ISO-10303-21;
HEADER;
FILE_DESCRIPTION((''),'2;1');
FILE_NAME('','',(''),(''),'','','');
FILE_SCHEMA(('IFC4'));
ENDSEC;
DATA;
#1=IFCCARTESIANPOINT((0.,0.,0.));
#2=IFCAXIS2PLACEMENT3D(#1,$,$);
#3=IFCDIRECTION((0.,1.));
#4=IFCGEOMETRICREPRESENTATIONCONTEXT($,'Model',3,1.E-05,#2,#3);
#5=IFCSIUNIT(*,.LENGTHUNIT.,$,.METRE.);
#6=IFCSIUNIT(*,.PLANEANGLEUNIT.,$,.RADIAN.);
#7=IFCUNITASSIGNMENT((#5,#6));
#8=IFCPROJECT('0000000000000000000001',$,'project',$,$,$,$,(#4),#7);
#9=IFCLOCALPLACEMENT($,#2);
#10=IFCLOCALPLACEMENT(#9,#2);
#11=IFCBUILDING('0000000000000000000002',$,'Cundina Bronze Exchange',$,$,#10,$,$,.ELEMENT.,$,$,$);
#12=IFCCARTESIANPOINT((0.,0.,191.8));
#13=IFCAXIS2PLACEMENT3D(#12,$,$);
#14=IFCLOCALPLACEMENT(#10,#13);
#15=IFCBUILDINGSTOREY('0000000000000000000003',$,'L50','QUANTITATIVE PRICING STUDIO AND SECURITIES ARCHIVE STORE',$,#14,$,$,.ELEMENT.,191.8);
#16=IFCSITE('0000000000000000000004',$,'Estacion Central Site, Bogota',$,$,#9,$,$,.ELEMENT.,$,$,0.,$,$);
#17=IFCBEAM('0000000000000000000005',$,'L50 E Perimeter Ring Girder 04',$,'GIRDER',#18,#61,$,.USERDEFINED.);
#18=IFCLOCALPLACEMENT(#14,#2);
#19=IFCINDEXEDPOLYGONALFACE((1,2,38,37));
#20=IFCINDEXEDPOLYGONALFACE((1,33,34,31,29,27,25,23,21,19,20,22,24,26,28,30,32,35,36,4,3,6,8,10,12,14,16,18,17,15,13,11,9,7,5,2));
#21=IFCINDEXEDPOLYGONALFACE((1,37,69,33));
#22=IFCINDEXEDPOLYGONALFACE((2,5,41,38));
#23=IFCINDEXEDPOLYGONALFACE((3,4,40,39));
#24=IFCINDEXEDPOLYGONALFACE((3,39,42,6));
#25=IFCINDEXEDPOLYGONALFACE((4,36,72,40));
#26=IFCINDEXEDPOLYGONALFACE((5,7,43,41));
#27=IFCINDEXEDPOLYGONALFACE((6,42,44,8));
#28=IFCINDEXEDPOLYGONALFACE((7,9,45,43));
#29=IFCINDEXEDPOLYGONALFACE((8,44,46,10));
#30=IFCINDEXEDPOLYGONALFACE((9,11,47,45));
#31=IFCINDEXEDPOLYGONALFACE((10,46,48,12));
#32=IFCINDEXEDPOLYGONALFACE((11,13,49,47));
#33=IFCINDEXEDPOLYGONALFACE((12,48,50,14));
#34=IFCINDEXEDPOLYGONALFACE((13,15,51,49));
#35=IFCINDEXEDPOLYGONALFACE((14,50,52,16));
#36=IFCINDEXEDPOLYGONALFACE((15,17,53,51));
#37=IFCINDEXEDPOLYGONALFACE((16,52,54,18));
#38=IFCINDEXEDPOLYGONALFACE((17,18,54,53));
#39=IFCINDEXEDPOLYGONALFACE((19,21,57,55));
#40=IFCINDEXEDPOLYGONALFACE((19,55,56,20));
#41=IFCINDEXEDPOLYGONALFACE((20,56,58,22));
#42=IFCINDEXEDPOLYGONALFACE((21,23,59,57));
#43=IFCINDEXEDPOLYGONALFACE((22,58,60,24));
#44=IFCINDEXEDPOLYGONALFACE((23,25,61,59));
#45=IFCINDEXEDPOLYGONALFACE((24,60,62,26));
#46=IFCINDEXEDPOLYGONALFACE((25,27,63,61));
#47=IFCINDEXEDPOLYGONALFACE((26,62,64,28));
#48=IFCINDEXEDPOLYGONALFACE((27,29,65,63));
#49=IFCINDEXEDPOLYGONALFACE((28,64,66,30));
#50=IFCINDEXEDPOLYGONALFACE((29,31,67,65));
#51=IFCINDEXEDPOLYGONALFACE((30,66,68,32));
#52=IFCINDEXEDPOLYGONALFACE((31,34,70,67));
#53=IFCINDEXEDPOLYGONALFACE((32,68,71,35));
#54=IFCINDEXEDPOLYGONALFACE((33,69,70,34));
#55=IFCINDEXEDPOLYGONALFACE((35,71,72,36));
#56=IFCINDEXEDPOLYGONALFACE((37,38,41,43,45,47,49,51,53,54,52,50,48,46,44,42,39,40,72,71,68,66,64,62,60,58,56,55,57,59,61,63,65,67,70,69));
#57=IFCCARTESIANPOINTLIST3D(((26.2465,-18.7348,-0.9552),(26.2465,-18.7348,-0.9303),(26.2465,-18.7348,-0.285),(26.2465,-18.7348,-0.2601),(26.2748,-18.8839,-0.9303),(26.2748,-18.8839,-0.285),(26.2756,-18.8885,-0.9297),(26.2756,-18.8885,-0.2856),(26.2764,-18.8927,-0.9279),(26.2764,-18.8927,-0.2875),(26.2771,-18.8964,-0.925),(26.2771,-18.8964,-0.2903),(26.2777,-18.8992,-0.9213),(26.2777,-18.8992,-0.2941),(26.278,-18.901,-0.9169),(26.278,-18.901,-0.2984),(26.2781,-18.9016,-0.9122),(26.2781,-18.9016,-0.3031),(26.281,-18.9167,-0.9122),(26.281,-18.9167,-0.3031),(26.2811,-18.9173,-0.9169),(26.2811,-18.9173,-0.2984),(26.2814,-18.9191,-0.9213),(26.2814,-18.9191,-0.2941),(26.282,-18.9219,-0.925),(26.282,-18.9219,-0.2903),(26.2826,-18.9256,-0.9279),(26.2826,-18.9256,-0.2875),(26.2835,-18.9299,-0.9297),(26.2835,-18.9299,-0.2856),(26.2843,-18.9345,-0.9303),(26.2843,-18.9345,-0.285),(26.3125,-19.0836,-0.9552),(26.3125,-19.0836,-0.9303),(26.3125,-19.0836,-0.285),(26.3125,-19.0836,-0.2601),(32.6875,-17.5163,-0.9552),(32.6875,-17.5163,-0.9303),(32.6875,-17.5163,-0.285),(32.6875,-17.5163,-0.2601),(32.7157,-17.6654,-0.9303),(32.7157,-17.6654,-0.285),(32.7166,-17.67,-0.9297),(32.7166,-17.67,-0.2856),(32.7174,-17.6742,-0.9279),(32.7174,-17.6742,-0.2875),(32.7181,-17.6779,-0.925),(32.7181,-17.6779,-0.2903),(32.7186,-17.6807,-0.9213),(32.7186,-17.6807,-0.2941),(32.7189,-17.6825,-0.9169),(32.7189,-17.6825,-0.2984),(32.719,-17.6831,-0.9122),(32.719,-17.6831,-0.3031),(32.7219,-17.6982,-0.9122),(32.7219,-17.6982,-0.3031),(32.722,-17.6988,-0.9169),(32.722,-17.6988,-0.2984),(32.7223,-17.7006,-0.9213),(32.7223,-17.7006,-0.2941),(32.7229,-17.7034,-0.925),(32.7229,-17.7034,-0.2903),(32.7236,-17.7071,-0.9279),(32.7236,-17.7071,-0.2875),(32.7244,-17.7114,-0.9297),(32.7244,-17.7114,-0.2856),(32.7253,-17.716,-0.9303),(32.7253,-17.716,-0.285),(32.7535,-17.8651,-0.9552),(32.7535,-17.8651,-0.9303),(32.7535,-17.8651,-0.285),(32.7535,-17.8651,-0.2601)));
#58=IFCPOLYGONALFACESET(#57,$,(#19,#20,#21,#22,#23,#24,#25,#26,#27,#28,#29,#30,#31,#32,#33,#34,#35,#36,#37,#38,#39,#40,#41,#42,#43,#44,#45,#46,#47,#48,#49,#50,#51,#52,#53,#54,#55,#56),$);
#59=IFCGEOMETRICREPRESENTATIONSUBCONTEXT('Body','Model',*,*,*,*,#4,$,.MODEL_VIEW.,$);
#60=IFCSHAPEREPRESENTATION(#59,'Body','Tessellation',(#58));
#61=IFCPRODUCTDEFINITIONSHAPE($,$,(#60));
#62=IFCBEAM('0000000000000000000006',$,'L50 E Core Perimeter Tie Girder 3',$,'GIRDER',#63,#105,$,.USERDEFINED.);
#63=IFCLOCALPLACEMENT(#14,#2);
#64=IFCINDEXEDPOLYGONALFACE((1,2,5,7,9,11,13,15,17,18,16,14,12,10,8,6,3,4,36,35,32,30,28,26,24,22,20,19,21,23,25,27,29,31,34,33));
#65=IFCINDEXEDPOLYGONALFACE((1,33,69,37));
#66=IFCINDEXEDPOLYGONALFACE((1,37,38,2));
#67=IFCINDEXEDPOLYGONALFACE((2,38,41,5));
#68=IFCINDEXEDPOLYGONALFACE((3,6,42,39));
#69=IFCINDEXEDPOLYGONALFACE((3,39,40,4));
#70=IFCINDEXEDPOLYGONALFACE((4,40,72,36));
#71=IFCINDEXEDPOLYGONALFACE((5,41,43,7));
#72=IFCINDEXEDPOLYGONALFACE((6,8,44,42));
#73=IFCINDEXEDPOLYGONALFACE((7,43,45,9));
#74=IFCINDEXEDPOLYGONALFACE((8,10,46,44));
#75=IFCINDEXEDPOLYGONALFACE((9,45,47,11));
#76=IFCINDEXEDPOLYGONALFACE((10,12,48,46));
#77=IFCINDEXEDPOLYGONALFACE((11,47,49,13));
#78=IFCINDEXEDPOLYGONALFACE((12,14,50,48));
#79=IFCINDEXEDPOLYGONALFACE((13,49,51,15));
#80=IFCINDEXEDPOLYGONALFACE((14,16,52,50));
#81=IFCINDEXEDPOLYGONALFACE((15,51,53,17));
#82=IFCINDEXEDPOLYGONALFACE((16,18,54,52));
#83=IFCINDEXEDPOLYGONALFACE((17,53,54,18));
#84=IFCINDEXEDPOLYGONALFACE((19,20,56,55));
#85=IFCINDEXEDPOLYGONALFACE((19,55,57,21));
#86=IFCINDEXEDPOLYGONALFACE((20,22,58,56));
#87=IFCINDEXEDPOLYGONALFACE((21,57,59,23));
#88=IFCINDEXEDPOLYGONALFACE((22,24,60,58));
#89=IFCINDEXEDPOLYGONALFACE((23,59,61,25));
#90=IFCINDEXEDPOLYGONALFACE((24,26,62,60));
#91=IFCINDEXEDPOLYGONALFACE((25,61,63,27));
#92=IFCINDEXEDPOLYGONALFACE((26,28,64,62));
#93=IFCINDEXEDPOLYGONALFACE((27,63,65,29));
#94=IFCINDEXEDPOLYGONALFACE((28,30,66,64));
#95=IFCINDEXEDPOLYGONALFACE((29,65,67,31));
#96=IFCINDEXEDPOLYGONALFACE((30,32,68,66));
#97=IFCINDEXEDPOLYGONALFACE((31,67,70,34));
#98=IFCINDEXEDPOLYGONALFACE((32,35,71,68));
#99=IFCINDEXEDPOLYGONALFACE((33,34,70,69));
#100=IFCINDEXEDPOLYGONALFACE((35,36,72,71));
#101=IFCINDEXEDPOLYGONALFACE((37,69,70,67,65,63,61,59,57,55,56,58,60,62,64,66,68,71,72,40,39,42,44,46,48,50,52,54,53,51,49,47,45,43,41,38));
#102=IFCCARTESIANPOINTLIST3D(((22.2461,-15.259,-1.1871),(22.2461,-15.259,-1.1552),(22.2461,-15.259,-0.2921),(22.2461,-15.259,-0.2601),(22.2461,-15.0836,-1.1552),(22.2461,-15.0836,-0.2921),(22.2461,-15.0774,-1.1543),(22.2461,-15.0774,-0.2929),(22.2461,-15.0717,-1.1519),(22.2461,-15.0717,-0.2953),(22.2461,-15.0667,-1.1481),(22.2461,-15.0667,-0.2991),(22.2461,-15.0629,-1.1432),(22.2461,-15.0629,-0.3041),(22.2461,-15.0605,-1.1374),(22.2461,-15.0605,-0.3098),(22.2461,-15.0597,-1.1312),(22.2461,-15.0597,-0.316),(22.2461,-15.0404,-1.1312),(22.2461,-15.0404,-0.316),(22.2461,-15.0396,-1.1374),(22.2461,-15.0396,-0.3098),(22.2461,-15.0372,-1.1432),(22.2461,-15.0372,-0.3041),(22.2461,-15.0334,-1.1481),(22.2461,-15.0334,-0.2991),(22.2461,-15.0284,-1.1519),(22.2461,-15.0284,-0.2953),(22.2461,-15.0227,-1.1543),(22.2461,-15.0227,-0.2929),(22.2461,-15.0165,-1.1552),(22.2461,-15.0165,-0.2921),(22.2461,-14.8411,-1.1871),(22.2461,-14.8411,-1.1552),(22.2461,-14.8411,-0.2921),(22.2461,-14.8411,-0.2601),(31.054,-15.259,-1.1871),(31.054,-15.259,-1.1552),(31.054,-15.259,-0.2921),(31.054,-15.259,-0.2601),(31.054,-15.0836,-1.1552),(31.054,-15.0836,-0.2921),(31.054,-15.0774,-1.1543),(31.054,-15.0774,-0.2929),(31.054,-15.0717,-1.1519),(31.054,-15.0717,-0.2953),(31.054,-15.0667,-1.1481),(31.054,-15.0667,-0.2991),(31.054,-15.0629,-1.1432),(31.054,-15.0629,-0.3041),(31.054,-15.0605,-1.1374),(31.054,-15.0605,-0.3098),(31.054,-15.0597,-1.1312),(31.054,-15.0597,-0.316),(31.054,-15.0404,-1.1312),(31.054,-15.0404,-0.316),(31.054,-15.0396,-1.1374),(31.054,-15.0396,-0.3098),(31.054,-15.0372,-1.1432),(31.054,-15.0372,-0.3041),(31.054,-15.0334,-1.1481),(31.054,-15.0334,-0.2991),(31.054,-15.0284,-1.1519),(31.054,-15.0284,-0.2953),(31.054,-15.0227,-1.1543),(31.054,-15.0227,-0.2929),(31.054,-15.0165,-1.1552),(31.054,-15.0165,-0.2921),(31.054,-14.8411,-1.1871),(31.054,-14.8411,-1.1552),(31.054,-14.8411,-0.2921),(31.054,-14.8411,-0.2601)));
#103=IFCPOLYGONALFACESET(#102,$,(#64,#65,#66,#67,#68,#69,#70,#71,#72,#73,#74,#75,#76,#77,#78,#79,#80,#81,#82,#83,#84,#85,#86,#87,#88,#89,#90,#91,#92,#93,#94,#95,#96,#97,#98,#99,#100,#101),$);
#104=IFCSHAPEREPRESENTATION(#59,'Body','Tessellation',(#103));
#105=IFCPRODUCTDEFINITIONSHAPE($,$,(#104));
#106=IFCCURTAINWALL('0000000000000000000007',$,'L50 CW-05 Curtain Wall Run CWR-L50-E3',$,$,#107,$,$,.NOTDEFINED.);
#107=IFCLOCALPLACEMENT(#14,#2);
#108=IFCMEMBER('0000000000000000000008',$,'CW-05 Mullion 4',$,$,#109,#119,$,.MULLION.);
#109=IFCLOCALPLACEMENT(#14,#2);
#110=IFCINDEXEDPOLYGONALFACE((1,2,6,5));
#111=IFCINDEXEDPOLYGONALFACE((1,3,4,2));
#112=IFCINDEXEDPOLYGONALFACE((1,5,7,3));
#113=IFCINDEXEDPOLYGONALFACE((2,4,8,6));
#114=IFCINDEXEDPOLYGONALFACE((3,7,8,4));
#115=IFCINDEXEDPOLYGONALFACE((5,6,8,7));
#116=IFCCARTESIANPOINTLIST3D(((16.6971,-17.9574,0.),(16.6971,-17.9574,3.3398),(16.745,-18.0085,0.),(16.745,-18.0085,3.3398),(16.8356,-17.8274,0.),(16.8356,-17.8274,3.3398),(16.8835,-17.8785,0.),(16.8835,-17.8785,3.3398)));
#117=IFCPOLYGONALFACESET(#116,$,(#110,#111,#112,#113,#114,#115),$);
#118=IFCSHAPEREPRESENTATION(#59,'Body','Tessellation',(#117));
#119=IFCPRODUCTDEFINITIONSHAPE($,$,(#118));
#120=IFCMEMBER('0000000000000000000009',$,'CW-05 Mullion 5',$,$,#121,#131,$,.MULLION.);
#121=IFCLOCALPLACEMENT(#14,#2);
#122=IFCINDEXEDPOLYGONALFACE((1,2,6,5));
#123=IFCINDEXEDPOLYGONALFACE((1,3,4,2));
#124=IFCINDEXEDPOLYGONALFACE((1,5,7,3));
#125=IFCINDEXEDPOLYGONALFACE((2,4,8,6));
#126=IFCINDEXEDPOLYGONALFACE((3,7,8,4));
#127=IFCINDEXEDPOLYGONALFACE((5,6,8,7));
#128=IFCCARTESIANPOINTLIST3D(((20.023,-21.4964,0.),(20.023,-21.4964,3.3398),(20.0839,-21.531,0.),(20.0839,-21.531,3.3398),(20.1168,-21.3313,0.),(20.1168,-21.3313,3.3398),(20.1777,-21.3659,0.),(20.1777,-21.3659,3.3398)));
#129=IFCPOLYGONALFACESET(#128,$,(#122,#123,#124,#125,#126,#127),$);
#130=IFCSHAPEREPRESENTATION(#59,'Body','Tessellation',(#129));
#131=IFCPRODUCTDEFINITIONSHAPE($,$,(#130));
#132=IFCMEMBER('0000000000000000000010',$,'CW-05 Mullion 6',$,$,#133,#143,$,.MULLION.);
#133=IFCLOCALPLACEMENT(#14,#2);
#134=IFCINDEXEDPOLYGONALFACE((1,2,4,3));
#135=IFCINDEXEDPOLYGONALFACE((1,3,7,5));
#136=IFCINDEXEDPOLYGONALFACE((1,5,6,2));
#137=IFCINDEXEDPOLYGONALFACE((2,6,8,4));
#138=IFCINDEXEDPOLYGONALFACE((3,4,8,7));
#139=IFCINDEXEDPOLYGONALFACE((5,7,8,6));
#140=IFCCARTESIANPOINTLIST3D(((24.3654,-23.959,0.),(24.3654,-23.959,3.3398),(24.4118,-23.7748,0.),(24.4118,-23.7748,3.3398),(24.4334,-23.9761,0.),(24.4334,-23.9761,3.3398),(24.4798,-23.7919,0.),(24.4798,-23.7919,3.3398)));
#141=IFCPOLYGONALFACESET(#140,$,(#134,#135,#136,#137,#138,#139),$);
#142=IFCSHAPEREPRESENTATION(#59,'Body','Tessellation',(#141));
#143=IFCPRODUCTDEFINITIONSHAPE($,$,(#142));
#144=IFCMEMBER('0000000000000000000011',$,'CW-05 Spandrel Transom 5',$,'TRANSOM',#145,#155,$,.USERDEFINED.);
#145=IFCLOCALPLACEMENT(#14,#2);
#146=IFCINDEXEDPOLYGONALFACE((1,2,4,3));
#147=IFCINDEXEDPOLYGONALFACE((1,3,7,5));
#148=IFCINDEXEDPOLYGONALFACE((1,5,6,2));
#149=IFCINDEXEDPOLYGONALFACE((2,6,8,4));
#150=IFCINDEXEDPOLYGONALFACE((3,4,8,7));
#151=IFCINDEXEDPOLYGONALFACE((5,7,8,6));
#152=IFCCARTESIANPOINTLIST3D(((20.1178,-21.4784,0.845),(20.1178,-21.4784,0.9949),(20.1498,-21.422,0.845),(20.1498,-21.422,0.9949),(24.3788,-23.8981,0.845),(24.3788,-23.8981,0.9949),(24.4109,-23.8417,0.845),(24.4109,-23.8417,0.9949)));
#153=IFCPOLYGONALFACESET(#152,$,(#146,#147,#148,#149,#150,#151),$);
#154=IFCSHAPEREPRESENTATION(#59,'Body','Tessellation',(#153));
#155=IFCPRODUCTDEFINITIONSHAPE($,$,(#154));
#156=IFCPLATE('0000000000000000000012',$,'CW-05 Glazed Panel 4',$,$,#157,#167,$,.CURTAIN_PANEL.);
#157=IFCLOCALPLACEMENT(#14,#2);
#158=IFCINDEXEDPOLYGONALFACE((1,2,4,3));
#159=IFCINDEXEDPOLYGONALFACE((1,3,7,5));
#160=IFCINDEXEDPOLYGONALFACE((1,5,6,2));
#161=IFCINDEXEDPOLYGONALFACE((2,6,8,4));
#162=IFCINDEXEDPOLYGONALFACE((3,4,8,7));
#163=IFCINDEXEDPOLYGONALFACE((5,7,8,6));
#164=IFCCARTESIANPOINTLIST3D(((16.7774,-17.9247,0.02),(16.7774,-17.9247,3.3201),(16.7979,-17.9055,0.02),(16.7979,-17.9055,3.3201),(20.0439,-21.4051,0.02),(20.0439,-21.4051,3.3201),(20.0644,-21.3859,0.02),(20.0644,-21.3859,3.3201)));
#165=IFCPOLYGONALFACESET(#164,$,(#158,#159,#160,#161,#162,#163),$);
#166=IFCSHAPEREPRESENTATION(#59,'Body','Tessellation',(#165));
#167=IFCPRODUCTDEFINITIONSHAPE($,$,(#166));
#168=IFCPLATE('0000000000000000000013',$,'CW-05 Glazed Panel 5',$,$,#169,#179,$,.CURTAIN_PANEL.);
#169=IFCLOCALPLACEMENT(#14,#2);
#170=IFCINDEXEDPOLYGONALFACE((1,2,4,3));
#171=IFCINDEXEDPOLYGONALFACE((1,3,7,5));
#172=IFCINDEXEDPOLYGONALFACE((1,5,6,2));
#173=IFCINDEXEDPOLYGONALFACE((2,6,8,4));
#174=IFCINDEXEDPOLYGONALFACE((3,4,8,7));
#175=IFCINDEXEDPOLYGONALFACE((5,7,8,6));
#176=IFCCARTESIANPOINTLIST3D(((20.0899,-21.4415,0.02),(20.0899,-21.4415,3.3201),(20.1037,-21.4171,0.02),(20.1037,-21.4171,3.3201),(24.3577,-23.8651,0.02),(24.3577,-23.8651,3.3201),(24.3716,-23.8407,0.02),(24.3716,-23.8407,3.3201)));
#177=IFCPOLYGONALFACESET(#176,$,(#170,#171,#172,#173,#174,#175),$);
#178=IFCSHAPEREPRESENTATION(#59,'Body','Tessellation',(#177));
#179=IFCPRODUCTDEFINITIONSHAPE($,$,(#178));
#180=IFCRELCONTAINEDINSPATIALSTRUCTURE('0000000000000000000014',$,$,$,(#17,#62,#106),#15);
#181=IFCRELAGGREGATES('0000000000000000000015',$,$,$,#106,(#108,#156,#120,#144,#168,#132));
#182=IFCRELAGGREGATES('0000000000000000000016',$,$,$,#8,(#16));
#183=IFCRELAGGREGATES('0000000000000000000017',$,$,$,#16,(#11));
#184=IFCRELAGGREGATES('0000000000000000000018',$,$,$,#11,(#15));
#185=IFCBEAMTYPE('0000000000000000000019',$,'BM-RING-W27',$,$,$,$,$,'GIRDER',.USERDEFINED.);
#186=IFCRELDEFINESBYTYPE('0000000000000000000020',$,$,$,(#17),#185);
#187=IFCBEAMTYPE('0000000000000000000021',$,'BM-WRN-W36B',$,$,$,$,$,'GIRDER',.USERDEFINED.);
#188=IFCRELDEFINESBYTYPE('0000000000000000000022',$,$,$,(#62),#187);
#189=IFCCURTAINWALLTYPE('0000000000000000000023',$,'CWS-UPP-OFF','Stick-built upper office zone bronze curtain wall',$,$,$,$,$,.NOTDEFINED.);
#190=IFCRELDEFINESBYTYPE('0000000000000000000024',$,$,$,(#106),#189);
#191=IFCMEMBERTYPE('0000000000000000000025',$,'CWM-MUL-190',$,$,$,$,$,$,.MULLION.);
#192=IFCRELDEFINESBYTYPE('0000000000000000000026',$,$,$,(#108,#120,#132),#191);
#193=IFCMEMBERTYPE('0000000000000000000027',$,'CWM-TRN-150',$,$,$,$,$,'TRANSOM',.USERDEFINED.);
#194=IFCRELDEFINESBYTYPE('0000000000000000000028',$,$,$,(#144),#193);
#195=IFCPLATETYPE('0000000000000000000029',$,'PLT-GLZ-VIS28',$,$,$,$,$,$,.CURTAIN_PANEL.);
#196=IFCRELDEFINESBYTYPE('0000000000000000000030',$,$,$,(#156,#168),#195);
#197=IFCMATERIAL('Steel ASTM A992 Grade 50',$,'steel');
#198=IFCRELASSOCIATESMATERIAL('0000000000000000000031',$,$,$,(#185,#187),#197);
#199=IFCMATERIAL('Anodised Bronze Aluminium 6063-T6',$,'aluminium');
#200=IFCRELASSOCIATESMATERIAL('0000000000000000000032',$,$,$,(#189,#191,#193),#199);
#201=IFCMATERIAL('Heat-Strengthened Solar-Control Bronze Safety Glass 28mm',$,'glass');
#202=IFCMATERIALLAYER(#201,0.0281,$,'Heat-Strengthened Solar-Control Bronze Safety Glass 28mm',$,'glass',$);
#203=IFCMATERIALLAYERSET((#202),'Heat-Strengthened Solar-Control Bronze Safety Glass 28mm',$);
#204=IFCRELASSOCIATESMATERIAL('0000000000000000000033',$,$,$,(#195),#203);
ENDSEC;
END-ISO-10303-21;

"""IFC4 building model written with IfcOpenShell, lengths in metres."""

from ifc_helpers import new_model, si_unit, direction, frame, origin, origin_2d, place, context, subcontext, project, spatial, rectangle, i_section, extrude, material, layer, layer_set, material_profile, profile_set, type_object, element, aggregate, save


model = new_model("IFC4")

# Units and contexts
model_context = context("Model", 3, precision=1e-05, world=origin(), true_north=direction((0.0, 1.0)))
body_context = subcontext(model_context, "Body", "Model", "MODEL_VIEW")
ifc_project = project(units=[si_unit("LENGTHUNIT", "METRE"), si_unit("PLANEANGLEUNIT", "RADIAN")], contexts=[model_context])

# Site, building, storey
site_placement = place(None, origin())
site = spatial("IfcSite", under=ifc_project, at=site_placement, Name="Estacion Central Site, Bogota", CompositionType="ELEMENT", RefElevation=0.0)
building_placement = place(site_placement, origin())
building = spatial("IfcBuilding", under=site, at=building_placement, Name="Cundina Bronze Exchange", CompositionType="ELEMENT")
storey_placement = place(building_placement, frame((0.0, 0.0, 191.8)))
storey = spatial("IfcBuildingStorey", under=building, at=storey_placement, Name="L50", Description="QUANTITATIVE PRICING STUDIO AND SECURITIES ARCHIVE STORE", CompositionType="ELEMENT", Elevation=191.8)

# Shared definitions
ifc_material_1 = material(Name="Steel ASTM A992 Grade 50", Category="steel")

# Beams
ifc_material_profile_1 = material_profile(ifc_material_1, i_section(OverallWidth=0.355, OverallDepth=0.6951, WebThickness=0.0154, FlangeThickness=0.0249, FilletRadius=0.0181, at=origin_2d()), Name="W27X146", Category="steel")
ifc_profile_set_1 = profile_set([ifc_material_profile_1], Name="Steel ASTM A992 Grade 50")
beam_type_1 = type_object("IfcBeamType", Name="BM-RING-W27", ElementType="GIRDER", PredefinedType="USERDEFINED", material=ifc_profile_set_1)
beam_1_placement = place(storey_placement, frame((26.2795, -18.9092, -0.6077), z_axis=(0.982572, 0.185885, 0.0), x_axis=(-0.185885, 0.982572, 0.0)))
element("IfcBeam", 1, at=beam_1_placement, inside=storey, type_object=beam_type_1, Name="L50 E Perimeter Ring Girder 04", ObjectType="GIRDER", PredefinedType="USERDEFINED", context=body_context, shape_type="SweptSolid", body=[
    extrude(i_section(OverallWidth=0.355, OverallDepth=0.6951, WebThickness=0.0154, FlangeThickness=0.0249, FilletRadius=0.0181, at=origin_2d()), origin(), (0.0, 0.0, 1.0), 6.5552),
])
ifc_material_profile_2 = material_profile(ifc_material_1, i_section(OverallWidth=0.418, OverallDepth=0.927, WebThickness=0.0193, FlangeThickness=0.032, FilletRadius=0.0239, at=origin_2d()), Name="W36X231", Category="steel")
ifc_profile_set_2 = profile_set([ifc_material_profile_2], Name="Steel ASTM A992 Grade 50")
beam_type_2 = type_object("IfcBeamType", Name="BM-WRN-W36B", ElementType="GIRDER", PredefinedType="USERDEFINED", material=ifc_profile_set_2)
beam_2_placement = place(storey_placement, frame((22.2461, -15.05, -0.7236), z_axis=(1.0, 0.0, 0.0), x_axis=(0.0, 1.0, 0.0)))
element("IfcBeam", 2, at=beam_2_placement, inside=storey, type_object=beam_type_2, Name="L50 E Core Perimeter Tie Girder 3", ObjectType="GIRDER", PredefinedType="USERDEFINED", context=body_context, shape_type="SweptSolid", body=[
    extrude(i_section(OverallWidth=0.418, OverallDepth=0.927, WebThickness=0.0193, FlangeThickness=0.032, FilletRadius=0.0239, at=origin_2d()), origin(), (0.0, 0.0, 1.0), 8.8079),
])

# Curtain wall, members, plates
ifc_material_2 = material(Name="Anodised Bronze Aluminium 6063-T6", Category="aluminium")
curtain_wall_type = type_object("IfcCurtainWallType", Name="CWS-UPP-OFF", Description="Stick-built upper office zone bronze curtain wall", PredefinedType="NOTDEFINED", material=ifc_material_2)
curtain_wall_placement = place(storey_placement, origin())
curtain_wall = element("IfcCurtainWall", 3, at=curtain_wall_placement, inside=storey, type_object=curtain_wall_type, Name="L50 CW-05 Curtain Wall Run CWR-L50-E3", PredefinedType="NOTDEFINED")
ifc_material_profile_3 = material_profile(ifc_material_2, rectangle(XDim=0.0701, YDim=0.1899, at=origin_2d()), Name="AL70X190", Category="aluminium")
ifc_profile_set_3 = profile_set([ifc_material_profile_3], Name="Anodised Bronze Aluminium 6063-T6")
member_type_1 = type_object("IfcMemberType", Name="CWM-MUL-190", PredefinedType="MULLION", material=ifc_profile_set_3)
member_1_placement = place(storey_placement, frame((16.7903, -17.918, 0.0), z_axis=(0.0, 0.0, 1.0), x_axis=(0.684293, -0.729208, 0.0)))
member_1 = element("IfcMember", 4, at=member_1_placement, type_object=member_type_1, Name="CW-05 Mullion 4", PredefinedType="MULLION", context=body_context, shape_type="SweptSolid", body=[
    extrude(rectangle(XDim=0.0701, YDim=0.1899, at=origin_2d()), origin(), (0.0, 0.0, 1.0), 3.3398),
])
member_2_placement = place(storey_placement, frame((20.1003, -21.4312, 0.0), z_axis=(0.0, 0.0, 1.0), x_axis=(0.869581, -0.49379, 0.0)))
member_2 = element("IfcMember", 5, at=member_2_placement, type_object=member_type_1, Name="CW-05 Mullion 5", PredefinedType="MULLION", context=body_context, shape_type="SweptSolid", body=[
    extrude(rectangle(XDim=0.0701, YDim=0.1899, at=origin_2d()), origin(), (0.0, 0.0, 1.0), 3.3398),
])
member_3_placement = place(storey_placement, frame((24.4226, -23.8755, 0.0), z_axis=(0.0, 0.0, 1.0), x_axis=(0.969744, -0.244123, 0.0)))
member_3 = element("IfcMember", 6, at=member_3_placement, type_object=member_type_1, Name="CW-05 Mullion 6", PredefinedType="MULLION", context=body_context, shape_type="SweptSolid", body=[
    extrude(rectangle(XDim=0.0701, YDim=0.1899, at=origin_2d()), origin(), (0.0, 0.0, 1.0), 3.3398),
])
ifc_material_profile_4 = material_profile(ifc_material_2, rectangle(XDim=0.0649, YDim=0.1499, at=origin_2d()), Name="AL65X150", Category="aluminium")
ifc_profile_set_4 = profile_set([ifc_material_profile_4], Name="Anodised Bronze Aluminium 6063-T6")
member_type_2 = type_object("IfcMemberType", Name="CWM-TRN-150", ElementType="TRANSOM", PredefinedType="USERDEFINED", material=ifc_profile_set_4)
member_4_placement = place(storey_placement, frame((20.1338, -21.4502, 0.9199), z_axis=(0.869574, -0.493803, 0.0), x_axis=(0.493803, 0.869574, 0.0)))
member_4 = element("IfcMember", 7, at=member_4_placement, type_object=member_type_2, Name="CW-05 Spandrel Transom 5", ObjectType="TRANSOM", PredefinedType="USERDEFINED", context=body_context, shape_type="SweptSolid", body=[
    extrude(rectangle(XDim=0.0649, YDim=0.1499, at=origin_2d()), origin(), (0.0, 0.0, 1.0), 4.9001),
])
ifc_material_3 = material(Name="Heat-Strengthened Solar-Control Bronze Safety Glass 28mm", Category="glass")
ifc_layer_1 = layer(ifc_material_3, 0.0281, Name="Heat-Strengthened Solar-Control Bronze Safety Glass 28mm", Category="glass")
ifc_layer_set_1 = layer_set([ifc_layer_1], Name="Heat-Strengthened Solar-Control Bronze Safety Glass 28mm")
plate_type_1 = type_object("IfcPlateType", Name="PLT-GLZ-VIS28", PredefinedType="CURTAIN_PANEL", material=ifc_layer_set_1)
plate_1_placement = place(storey_placement, frame((18.4209, -19.6553, 0.02), z_axis=(0.0, 0.0, 1.0), x_axis=(0.684344, -0.72916, 0.0)))
plate_1 = element("IfcPlate", 8, at=plate_1_placement, type_object=plate_type_1, Name="CW-05 Glazed Panel 4", PredefinedType="CURTAIN_PANEL", context=body_context, shape_type="SweptSolid", body=[
    extrude(rectangle(XDim=4.7732, YDim=0.0281, at=origin_2d()), origin(), (0.0, 0.0, 1.0), 3.3),
])
plate_2_placement = place(storey_placement, frame((22.2307, -22.6411, 0.02), z_axis=(0.0, 0.0, 1.0), x_axis=(0.869573, -0.493805, 0.0)))
plate_2 = element("IfcPlate", 9, at=plate_2_placement, type_object=plate_type_1, Name="CW-05 Glazed Panel 5", PredefinedType="CURTAIN_PANEL", context=body_context, shape_type="SweptSolid", body=[
    extrude(rectangle(XDim=4.908, YDim=0.0281, at=origin_2d()), origin(), (0.0, 0.0, 1.0), 3.3),
])
aggregate(curtain_wall, [member_1, plate_1, member_2, member_4, plate_2, member_3])

save(model, "model.ifc")
